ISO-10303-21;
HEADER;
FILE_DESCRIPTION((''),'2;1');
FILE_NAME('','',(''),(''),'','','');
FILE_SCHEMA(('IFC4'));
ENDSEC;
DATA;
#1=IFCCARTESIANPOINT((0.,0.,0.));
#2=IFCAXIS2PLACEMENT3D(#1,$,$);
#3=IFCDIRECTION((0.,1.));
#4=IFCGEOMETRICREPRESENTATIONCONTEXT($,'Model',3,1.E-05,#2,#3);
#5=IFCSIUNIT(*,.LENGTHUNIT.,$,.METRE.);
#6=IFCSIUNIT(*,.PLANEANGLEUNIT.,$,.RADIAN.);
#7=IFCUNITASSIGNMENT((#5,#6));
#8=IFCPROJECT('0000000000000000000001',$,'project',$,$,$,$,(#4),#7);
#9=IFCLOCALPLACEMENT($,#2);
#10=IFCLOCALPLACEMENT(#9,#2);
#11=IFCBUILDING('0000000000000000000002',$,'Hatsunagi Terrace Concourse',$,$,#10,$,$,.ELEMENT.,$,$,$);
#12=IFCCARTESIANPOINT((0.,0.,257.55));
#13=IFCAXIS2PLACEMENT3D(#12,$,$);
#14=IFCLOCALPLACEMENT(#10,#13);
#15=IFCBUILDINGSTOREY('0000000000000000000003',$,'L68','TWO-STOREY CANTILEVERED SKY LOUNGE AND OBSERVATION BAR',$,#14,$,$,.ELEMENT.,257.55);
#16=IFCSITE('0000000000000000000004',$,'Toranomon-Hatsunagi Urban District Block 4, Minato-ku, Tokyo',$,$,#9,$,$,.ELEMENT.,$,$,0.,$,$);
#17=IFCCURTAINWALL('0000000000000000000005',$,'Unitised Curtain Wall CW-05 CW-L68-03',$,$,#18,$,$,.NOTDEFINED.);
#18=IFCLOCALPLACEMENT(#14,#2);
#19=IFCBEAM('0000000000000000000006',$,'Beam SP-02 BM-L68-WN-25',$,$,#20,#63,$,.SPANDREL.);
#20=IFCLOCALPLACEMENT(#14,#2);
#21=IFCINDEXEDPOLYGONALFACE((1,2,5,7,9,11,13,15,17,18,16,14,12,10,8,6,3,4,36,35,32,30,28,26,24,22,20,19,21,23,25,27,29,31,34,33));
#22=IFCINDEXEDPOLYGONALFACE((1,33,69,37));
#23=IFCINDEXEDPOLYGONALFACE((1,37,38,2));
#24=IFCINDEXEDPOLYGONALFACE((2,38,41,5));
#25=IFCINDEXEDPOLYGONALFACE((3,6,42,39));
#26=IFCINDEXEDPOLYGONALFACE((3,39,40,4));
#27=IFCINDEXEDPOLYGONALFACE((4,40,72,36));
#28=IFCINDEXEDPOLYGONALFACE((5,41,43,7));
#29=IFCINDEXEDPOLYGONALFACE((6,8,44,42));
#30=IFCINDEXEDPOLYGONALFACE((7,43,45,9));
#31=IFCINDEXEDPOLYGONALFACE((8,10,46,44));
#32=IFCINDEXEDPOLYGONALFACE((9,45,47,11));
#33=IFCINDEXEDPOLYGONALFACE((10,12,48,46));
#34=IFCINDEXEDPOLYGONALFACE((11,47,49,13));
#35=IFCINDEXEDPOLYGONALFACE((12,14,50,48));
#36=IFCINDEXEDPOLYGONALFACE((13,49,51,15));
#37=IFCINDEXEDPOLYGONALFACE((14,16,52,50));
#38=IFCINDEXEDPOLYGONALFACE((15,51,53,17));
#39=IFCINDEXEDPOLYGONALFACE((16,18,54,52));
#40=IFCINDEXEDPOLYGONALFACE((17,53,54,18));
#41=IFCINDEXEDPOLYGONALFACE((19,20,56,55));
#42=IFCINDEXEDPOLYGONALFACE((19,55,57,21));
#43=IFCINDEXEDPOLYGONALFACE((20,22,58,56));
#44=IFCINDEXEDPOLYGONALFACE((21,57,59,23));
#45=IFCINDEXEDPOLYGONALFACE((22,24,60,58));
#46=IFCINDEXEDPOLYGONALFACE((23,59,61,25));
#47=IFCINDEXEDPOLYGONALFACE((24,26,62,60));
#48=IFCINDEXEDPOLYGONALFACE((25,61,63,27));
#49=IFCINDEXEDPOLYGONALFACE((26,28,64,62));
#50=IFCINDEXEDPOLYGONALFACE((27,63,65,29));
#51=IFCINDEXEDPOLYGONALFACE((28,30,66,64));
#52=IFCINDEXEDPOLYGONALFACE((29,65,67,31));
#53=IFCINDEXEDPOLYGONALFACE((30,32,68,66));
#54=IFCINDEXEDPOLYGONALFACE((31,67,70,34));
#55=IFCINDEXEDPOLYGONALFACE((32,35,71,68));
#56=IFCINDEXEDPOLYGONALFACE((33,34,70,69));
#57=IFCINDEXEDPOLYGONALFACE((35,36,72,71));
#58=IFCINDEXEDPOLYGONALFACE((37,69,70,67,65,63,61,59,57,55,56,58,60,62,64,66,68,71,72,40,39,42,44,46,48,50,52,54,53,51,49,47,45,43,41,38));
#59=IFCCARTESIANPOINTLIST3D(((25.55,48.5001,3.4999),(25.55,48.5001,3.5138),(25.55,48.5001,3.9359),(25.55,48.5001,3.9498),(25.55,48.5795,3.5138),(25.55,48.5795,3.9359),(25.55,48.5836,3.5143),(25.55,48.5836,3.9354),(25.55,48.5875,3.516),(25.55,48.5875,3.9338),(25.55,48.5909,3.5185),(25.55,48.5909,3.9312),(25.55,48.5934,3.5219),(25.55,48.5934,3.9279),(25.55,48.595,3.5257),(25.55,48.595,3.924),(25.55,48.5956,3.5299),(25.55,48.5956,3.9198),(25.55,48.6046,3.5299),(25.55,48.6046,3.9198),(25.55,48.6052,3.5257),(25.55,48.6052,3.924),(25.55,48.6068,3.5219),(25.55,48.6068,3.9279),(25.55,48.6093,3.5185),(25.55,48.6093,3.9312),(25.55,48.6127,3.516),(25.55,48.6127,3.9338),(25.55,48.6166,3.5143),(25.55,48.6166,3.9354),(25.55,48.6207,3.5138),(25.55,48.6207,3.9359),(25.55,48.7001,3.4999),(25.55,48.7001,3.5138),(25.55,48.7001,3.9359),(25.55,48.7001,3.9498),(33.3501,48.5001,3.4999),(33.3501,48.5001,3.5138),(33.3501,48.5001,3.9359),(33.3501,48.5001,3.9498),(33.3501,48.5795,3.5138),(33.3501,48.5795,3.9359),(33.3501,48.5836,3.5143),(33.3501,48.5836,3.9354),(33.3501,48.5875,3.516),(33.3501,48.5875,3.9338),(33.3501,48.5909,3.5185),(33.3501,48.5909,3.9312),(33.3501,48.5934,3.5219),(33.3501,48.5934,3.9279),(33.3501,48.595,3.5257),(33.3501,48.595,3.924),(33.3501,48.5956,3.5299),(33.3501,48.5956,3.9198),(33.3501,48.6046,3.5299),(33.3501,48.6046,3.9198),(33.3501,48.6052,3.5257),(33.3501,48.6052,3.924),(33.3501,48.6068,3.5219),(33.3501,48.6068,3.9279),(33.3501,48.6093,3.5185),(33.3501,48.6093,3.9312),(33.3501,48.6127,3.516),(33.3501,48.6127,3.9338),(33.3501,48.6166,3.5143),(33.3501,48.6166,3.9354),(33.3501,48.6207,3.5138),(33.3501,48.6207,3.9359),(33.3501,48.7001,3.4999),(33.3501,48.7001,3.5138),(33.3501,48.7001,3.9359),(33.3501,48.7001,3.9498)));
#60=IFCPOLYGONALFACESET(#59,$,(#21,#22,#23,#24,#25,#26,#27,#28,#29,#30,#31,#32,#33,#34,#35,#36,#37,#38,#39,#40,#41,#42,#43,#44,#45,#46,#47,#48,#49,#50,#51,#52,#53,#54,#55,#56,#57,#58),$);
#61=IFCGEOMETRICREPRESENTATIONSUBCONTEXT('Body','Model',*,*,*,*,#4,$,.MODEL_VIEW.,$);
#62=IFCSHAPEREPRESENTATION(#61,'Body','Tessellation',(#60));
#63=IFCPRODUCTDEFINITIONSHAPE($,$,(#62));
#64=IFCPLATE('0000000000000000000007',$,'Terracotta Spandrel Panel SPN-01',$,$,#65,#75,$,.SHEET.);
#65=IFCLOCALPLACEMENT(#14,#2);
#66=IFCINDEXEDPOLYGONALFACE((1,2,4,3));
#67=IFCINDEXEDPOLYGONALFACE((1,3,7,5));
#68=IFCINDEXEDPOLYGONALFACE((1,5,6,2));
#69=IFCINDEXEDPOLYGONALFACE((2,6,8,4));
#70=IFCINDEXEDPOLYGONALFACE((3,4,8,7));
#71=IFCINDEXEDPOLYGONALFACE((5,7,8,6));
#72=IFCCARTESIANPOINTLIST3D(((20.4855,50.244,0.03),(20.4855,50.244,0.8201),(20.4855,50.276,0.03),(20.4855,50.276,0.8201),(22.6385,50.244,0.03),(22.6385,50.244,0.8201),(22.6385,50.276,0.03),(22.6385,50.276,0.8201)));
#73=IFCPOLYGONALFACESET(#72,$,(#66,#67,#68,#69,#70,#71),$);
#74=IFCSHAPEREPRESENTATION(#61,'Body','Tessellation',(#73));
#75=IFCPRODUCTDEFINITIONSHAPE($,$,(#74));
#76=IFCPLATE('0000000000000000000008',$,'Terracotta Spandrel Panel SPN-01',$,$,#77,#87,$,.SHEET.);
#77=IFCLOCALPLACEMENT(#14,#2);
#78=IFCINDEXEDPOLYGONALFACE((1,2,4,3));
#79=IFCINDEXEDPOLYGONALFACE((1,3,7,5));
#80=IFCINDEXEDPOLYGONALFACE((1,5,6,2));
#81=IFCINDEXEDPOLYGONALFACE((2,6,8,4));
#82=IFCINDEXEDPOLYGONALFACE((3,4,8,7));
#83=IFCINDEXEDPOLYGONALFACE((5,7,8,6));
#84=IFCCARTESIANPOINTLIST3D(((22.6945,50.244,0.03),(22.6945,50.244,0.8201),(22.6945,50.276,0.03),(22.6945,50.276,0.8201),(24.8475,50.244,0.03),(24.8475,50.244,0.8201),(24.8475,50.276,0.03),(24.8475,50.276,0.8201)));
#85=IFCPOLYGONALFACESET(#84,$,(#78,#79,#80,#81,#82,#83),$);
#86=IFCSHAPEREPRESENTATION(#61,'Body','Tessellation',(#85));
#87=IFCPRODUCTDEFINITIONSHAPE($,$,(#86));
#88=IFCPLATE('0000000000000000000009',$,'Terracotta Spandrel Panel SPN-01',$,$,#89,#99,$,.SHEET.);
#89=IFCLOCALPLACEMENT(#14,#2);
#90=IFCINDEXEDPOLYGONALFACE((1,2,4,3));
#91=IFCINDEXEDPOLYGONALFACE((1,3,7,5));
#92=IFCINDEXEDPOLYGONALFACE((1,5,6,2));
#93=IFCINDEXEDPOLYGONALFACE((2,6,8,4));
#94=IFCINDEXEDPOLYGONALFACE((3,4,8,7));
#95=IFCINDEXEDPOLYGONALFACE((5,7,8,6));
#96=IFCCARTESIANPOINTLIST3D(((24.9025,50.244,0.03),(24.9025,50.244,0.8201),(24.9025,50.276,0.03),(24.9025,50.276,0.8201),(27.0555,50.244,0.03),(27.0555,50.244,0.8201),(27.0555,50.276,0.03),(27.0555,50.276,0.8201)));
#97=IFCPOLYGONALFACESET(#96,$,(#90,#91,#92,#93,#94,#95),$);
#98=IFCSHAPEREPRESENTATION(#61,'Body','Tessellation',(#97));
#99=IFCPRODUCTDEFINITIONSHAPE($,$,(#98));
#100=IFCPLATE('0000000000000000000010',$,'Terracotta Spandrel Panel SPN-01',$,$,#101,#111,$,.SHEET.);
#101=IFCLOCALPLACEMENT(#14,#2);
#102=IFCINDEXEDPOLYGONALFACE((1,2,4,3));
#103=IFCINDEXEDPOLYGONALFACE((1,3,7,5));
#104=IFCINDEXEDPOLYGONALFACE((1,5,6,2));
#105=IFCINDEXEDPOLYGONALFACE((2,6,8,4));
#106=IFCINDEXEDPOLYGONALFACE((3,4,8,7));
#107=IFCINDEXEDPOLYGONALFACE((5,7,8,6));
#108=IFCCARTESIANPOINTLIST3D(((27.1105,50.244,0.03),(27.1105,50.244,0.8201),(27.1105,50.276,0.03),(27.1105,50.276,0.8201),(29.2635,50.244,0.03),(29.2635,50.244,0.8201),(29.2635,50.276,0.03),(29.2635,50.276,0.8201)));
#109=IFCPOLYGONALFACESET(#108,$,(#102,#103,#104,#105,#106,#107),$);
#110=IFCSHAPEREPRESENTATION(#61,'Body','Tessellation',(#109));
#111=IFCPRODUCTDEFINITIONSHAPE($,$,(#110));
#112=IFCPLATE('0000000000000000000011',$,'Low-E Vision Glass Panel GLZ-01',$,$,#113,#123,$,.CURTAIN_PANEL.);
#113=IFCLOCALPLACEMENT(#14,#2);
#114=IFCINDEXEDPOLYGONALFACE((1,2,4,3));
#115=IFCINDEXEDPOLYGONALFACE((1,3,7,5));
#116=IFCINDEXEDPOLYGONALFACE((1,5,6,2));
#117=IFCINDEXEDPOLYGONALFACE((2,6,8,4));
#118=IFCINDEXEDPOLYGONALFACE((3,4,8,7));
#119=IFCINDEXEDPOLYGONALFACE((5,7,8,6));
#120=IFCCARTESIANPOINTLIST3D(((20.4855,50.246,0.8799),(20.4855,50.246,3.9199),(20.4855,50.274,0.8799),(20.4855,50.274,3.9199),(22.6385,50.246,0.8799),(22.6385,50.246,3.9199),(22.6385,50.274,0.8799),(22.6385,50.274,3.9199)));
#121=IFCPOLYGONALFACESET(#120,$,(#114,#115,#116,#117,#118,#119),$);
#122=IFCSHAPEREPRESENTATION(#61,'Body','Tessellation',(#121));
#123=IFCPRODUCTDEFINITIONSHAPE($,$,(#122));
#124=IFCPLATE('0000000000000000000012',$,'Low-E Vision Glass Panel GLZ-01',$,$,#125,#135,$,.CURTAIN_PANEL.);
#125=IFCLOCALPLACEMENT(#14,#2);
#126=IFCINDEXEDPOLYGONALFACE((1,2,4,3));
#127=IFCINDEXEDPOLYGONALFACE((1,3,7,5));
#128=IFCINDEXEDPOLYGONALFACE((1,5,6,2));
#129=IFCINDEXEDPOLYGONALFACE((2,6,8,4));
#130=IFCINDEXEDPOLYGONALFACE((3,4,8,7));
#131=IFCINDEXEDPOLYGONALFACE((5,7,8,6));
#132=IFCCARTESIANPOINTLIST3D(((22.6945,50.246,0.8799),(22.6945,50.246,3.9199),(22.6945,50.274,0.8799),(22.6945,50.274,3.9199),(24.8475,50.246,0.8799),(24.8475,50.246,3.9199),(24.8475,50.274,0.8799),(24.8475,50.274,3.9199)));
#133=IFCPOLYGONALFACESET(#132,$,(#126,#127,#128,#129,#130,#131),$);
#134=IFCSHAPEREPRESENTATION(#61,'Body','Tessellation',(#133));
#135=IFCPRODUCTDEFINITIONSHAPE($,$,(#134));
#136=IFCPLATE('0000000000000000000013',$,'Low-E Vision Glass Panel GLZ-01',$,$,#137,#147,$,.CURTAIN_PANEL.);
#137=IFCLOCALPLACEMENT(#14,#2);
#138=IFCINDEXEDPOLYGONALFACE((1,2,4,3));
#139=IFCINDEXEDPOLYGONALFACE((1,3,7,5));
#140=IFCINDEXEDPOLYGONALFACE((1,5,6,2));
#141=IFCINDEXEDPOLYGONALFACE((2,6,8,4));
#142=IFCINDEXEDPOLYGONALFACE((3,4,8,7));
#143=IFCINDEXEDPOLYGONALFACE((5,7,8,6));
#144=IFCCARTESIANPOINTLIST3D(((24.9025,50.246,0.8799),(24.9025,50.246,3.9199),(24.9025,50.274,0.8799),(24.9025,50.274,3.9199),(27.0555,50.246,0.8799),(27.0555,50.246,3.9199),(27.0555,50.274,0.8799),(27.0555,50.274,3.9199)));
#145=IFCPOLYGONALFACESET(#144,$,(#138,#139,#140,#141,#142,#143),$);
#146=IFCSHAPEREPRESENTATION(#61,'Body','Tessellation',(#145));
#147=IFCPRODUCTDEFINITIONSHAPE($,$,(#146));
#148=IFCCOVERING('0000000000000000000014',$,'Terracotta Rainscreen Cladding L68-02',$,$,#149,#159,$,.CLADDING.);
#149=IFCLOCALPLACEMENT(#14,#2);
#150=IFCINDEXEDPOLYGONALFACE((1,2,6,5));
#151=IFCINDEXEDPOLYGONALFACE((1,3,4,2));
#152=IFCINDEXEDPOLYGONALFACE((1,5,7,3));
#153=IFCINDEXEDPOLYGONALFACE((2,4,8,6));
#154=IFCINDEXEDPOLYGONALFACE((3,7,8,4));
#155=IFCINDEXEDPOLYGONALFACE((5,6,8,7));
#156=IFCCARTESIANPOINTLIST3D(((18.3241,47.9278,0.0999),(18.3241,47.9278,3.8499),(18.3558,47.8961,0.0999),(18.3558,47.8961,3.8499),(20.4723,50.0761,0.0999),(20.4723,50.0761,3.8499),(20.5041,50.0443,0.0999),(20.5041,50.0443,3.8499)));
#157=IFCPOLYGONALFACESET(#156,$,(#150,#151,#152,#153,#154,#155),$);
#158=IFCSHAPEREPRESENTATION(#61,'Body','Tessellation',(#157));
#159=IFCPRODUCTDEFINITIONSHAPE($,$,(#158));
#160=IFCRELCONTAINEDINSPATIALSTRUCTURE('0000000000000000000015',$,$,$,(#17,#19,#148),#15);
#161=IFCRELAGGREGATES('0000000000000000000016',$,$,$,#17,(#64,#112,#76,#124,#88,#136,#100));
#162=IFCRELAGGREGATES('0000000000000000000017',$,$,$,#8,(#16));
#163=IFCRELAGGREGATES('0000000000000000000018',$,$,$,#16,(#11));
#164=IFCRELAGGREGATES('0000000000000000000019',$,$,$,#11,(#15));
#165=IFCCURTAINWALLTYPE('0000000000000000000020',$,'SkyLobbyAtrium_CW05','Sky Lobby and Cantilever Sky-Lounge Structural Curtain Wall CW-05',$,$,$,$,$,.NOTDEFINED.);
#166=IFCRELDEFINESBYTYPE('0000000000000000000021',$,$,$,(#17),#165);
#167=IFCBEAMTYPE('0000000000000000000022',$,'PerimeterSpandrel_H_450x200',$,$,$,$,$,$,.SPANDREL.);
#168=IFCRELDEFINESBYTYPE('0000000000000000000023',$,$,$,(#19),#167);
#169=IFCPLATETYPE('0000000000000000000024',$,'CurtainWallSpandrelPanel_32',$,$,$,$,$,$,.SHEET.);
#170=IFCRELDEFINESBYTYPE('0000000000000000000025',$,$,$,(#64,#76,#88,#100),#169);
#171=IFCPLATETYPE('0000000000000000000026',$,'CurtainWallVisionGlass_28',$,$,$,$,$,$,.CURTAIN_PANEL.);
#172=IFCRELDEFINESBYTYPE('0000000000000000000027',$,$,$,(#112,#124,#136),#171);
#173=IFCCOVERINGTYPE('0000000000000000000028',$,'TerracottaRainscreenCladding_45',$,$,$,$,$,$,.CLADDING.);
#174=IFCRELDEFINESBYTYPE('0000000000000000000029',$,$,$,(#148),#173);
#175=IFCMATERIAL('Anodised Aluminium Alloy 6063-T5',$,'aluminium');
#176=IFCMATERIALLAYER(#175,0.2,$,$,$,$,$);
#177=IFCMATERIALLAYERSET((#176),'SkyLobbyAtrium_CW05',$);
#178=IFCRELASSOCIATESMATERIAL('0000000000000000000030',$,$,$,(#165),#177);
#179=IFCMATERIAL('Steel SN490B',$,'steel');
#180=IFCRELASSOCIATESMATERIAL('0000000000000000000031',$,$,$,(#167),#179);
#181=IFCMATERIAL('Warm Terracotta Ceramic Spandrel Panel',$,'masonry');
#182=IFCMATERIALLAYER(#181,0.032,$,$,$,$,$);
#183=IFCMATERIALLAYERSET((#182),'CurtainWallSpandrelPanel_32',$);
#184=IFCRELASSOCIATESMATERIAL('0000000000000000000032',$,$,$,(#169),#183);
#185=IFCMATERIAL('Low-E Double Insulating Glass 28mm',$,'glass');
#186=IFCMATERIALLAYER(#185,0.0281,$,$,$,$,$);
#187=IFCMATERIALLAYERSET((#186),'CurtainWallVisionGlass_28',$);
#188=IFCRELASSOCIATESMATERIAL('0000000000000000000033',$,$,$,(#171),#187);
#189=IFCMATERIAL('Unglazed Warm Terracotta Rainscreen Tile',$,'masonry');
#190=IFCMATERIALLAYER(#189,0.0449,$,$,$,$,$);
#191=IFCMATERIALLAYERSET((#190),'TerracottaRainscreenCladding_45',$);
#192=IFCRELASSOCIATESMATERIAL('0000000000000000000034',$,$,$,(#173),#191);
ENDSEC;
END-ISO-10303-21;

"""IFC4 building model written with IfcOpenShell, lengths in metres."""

from ifc_helpers import new_model, si_unit, direction, frame, origin, origin_2d, place, context, subcontext, project, spatial, rectangle, i_section, extrude, material, layer, layer_set, material_profile, profile_set, type_object, element, aggregate, save


model = new_model("IFC4")

# Units and contexts
model_context = context("Model", 3, precision=1e-05, world=origin(), true_north=direction((0.0, 1.0)))
body_context = subcontext(model_context, "Body", "Model", "MODEL_VIEW")
ifc_project = project(units=[si_unit("LENGTHUNIT", "METRE"), si_unit("PLANEANGLEUNIT", "RADIAN")], contexts=[model_context])

# Site, building, storey
site_placement = place(None, origin())
site = spatial("IfcSite", under=ifc_project, at=site_placement, Name="Toranomon-Hatsunagi Urban District Block 4, Minato-ku, Tokyo", CompositionType="ELEMENT", RefElevation=0.0)
building_placement = place(site_placement, origin())
building = spatial("IfcBuilding", under=site, at=building_placement, Name="Hatsunagi Terrace Concourse", CompositionType="ELEMENT")
storey_placement = place(building_placement, frame((0.0, 0.0, 257.55)))
storey = spatial("IfcBuildingStorey", under=building, at=storey_placement, Name="L68", Description="TWO-STOREY CANTILEVERED SKY LOUNGE AND OBSERVATION BAR", CompositionType="ELEMENT", Elevation=257.55)

# Curtain wall
ifc_material_1 = material(Name="Anodised Aluminium Alloy 6063-T5", Category="aluminium")
ifc_layer_1 = layer(ifc_material_1, 0.2)
ifc_layer_set_1 = layer_set([ifc_layer_1], Name="SkyLobbyAtrium_CW05")
curtain_wall_type = type_object("IfcCurtainWallType", Name="SkyLobbyAtrium_CW05", Description="Sky Lobby and Cantilever Sky-Lounge Structural Curtain Wall CW-05", PredefinedType="NOTDEFINED", material=ifc_layer_set_1)
curtain_wall_placement = place(storey_placement, origin())
curtain_wall = element("IfcCurtainWall", 1, at=curtain_wall_placement, inside=storey, type_object=curtain_wall_type, Name="Unitised Curtain Wall CW-05 CW-L68-03", PredefinedType="NOTDEFINED")

# Beam
ifc_material_2 = material(Name="Steel SN490B", Category="steel")
ifc_material_profile_1 = material_profile(ifc_material_2, i_section(OverallWidth=0.2, OverallDepth=0.45, WebThickness=0.009, FlangeThickness=0.0139, FilletRadius=0.0161, at=origin_2d()), Name="H-450x200x9x14")
ifc_profile_set_1 = profile_set([ifc_material_profile_1], Name="Steel SN490B")
beam_type_1 = type_object("IfcBeamType", Name="PerimeterSpandrel_H_450x200", PredefinedType="SPANDREL", material=ifc_profile_set_1)
beam_1_placement = place(storey_placement, frame((25.55, 48.6001, 3.7249), z_axis=(1.0, 0.0, 0.0), x_axis=(0.0, 1.0, 0.0)))
element("IfcBeam", 2, at=beam_1_placement, inside=storey, type_object=beam_type_1, Name="Beam SP-02 BM-L68-WN-25", PredefinedType="SPANDREL", context=body_context, shape_type="SweptSolid", body=[
    extrude(i_section(OverallWidth=0.2, OverallDepth=0.45, WebThickness=0.009, FlangeThickness=0.0139, FilletRadius=0.0161, at=origin_2d()), origin(), (0.0, 0.0, 1.0), 7.8),
])

# Plates
ifc_material_3 = material(Name="Warm Terracotta Ceramic Spandrel Panel", Category="masonry")
ifc_layer_2 = layer(ifc_material_3, 0.032)
ifc_layer_set_2 = layer_set([ifc_layer_2], Name="CurtainWallSpandrelPanel_32")
plate_type_1 = type_object("IfcPlateType", Name="CurtainWallSpandrelPanel_32", PredefinedType="SHEET", material=ifc_layer_set_2)
plate_1_placement = place(storey_placement, frame((21.562, 50.26, 0.03), z_axis=(0.0, 0.0, 1.0), x_axis=(1.0, 0.0, 0.0)))
plate_1 = element("IfcPlate", 3, at=plate_1_placement, type_object=plate_type_1, Name="Terracotta Spandrel Panel SPN-01", PredefinedType="SHEET", context=body_context, shape_type="SweptSolid", body=[
    extrude(rectangle(XDim=2.1531, YDim=0.032, at=origin_2d()), origin(), (0.0, 0.0, 1.0), 0.79),
])
plate_2_placement = place(storey_placement, frame((23.771, 50.26, 0.03), z_axis=(0.0, 0.0, 1.0), x_axis=(1.0, 0.0, 0.0)))
plate_2 = element("IfcPlate", 4, at=plate_2_placement, type_object=plate_type_1, Name="Terracotta Spandrel Panel SPN-01", PredefinedType="SHEET", context=body_context, shape_type="SweptSolid", body=[
    extrude(rectangle(XDim=2.1531, YDim=0.032, at=origin_2d()), origin(), (0.0, 0.0, 1.0), 0.79),
])
plate_3_placement = place(storey_placement, frame((25.979, 50.26, 0.03), z_axis=(0.0, 0.0, 1.0), x_axis=(1.0, 0.0, 0.0)))
plate_3 = element("IfcPlate", 5, at=plate_3_placement, type_object=plate_type_1, Name="Terracotta Spandrel Panel SPN-01", PredefinedType="SHEET", context=body_context, shape_type="SweptSolid", body=[
    extrude(rectangle(XDim=2.1531, YDim=0.032, at=origin_2d()), origin(), (0.0, 0.0, 1.0), 0.79),
])
plate_4_placement = place(storey_placement, frame((28.187, 50.26, 0.03), z_axis=(0.0, 0.0, 1.0), x_axis=(1.0, 0.0, 0.0)))
plate_4 = element("IfcPlate", 6, at=plate_4_placement, type_object=plate_type_1, Name="Terracotta Spandrel Panel SPN-01", PredefinedType="SHEET", context=body_context, shape_type="SweptSolid", body=[
    extrude(rectangle(XDim=2.1531, YDim=0.032, at=origin_2d()), origin(), (0.0, 0.0, 1.0), 0.79),
])
ifc_material_4 = material(Name="Low-E Double Insulating Glass 28mm", Category="glass")
ifc_layer_3 = layer(ifc_material_4, 0.0281)
ifc_layer_set_3 = layer_set([ifc_layer_3], Name="CurtainWallVisionGlass_28")
plate_type_2 = type_object("IfcPlateType", Name="CurtainWallVisionGlass_28", PredefinedType="CURTAIN_PANEL", material=ifc_layer_set_3)
plate_5_placement = place(storey_placement, frame((21.562, 50.26, 0.8799), z_axis=(0.0, 0.0, 1.0), x_axis=(1.0, 0.0, 0.0)))
plate_5 = element("IfcPlate", 7, at=plate_5_placement, type_object=plate_type_2, Name="Low-E Vision Glass Panel GLZ-01", PredefinedType="CURTAIN_PANEL", context=body_context, shape_type="SweptSolid", body=[
    extrude(rectangle(XDim=2.1531, YDim=0.0281, at=origin_2d()), origin(), (0.0, 0.0, 1.0), 3.04),
])
plate_6_placement = place(storey_placement, frame((23.771, 50.26, 0.8799), z_axis=(0.0, 0.0, 1.0), x_axis=(1.0, 0.0, 0.0)))
plate_6 = element("IfcPlate", 8, at=plate_6_placement, type_object=plate_type_2, Name="Low-E Vision Glass Panel GLZ-01", PredefinedType="CURTAIN_PANEL", context=body_context, shape_type="SweptSolid", body=[
    extrude(rectangle(XDim=2.1531, YDim=0.0281, at=origin_2d()), origin(), (0.0, 0.0, 1.0), 3.04),
])
plate_7_placement = place(storey_placement, frame((25.979, 50.26, 0.8799), z_axis=(0.0, 0.0, 1.0), x_axis=(1.0, 0.0, 0.0)))
plate_7 = element("IfcPlate", 9, at=plate_7_placement, type_object=plate_type_2, Name="Low-E Vision Glass Panel GLZ-01", PredefinedType="CURTAIN_PANEL", context=body_context, shape_type="SweptSolid", body=[
    extrude(rectangle(XDim=2.1531, YDim=0.0281, at=origin_2d()), origin(), (0.0, 0.0, 1.0), 3.04),
])
aggregate(curtain_wall, [plate_1, plate_5, plate_2, plate_6, plate_3, plate_7, plate_4])

# Covering
ifc_material_5 = material(Name="Unglazed Warm Terracotta Rainscreen Tile", Category="masonry")
ifc_layer_4 = layer(ifc_material_5, 0.0449)
ifc_layer_set_4 = layer_set([ifc_layer_4], Name="TerracottaRainscreenCladding_45")
covering_type = type_object("IfcCoveringType", Name="TerracottaRainscreenCladding_45", PredefinedType="CLADDING", material=ifc_layer_set_4)
covering_placement = place(storey_placement, frame((19.4141, 48.9861, 0.0999), z_axis=(0.0, 0.0, 1.0), x_axis=(0.707107, 0.707107, 0.0)))
element("IfcCovering", 10, at=covering_placement, inside=storey, type_object=covering_type, Name="Terracotta Rainscreen Cladding L68-02", PredefinedType="CLADDING", context=body_context, shape_type="SweptSolid", body=[
    extrude(rectangle(XDim=3.0381, YDim=0.0449, at=origin_2d()), origin(), (0.0, 0.0, 1.0), 3.75),
])

save(model, "model.ifc")
